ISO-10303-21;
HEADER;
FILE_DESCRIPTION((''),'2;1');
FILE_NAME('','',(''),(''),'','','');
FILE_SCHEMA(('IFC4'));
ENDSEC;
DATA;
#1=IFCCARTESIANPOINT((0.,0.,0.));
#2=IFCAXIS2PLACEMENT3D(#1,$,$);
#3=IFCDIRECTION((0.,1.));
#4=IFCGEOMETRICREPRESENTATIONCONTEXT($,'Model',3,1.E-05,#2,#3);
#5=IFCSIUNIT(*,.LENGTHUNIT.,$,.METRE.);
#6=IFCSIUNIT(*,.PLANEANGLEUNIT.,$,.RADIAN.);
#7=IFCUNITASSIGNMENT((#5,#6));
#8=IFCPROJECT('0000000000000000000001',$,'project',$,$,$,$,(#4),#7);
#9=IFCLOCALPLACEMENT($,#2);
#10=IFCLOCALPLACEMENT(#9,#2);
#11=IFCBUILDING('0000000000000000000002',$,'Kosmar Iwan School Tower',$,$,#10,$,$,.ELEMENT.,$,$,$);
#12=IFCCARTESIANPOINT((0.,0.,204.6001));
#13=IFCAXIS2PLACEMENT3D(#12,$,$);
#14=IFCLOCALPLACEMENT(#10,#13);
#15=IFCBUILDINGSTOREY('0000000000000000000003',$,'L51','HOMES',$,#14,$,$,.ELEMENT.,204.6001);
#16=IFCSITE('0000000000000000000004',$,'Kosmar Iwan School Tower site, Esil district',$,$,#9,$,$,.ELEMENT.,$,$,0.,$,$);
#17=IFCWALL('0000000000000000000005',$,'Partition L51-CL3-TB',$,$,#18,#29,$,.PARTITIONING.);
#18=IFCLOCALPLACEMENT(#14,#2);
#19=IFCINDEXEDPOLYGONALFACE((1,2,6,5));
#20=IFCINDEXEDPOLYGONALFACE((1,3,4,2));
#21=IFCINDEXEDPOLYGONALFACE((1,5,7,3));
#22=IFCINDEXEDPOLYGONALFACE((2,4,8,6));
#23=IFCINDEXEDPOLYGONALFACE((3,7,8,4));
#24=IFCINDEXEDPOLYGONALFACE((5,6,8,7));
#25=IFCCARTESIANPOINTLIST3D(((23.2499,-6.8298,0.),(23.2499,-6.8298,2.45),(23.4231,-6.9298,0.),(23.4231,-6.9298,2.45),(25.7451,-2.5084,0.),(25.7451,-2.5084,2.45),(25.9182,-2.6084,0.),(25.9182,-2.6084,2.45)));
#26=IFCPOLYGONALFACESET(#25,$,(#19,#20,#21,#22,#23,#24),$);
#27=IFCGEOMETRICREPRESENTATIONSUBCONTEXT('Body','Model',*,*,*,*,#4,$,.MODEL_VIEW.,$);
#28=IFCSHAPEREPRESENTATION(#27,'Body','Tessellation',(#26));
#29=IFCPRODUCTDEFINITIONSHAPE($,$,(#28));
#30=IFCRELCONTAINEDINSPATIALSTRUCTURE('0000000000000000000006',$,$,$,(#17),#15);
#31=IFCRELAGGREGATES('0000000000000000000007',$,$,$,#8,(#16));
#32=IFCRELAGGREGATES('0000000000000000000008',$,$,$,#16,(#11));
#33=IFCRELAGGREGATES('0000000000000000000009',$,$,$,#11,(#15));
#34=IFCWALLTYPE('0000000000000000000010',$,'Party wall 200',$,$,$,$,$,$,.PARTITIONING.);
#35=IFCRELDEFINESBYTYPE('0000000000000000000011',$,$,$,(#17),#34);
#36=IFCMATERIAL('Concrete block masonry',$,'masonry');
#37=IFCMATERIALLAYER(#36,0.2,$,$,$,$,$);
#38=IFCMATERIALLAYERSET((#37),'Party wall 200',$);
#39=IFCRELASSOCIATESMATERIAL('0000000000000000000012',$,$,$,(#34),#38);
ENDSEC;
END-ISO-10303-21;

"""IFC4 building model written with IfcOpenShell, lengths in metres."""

from ifc_helpers import new_model, si_unit, direction, frame, frame_2d, origin, place, context, subcontext, project, spatial, rectangle, extrude, material, layer, layer_set, type_object, element, save


model = new_model("IFC4")

# Units and contexts
model_context = context("Model", 3, precision=1e-05, world=origin(), true_north=direction((0.0, 1.0)))
body_context = subcontext(model_context, "Body", "Model", "MODEL_VIEW")
ifc_project = project(units=[si_unit("LENGTHUNIT", "METRE"), si_unit("PLANEANGLEUNIT", "RADIAN")], contexts=[model_context])

# Site, building, storey
site_placement = place(None, origin())
site = spatial("IfcSite", under=ifc_project, at=site_placement, Name="Kosmar Iwan School Tower site, Esil district", CompositionType="ELEMENT", RefElevation=0.0)
building_placement = place(site_placement, origin())
building = spatial("IfcBuilding", under=site, at=building_placement, Name="Kosmar Iwan School Tower", CompositionType="ELEMENT")
storey_placement = place(building_placement, frame((0.0, 0.0, 204.6001)))
storey = spatial("IfcBuildingStorey", under=building, at=storey_placement, Name="L51", Description="HOMES", CompositionType="ELEMENT", Elevation=204.6001)

# Wall
ifc_material_1 = material(Name="Concrete block masonry", Category="masonry")
ifc_layer_1 = layer(ifc_material_1, 0.2)
ifc_layer_set_1 = layer_set([ifc_layer_1], Name="Party wall 200")
wall_type_1 = type_object("IfcWallType", Name="Party wall 200", PredefinedType="PARTITIONING", material=ifc_layer_set_1)
wall_1_placement = place(storey_placement, frame((23.3364, -6.8799, 0.0), z_axis=(0.0, 0.0, 1.0), x_axis=(0.500033, 0.866006, 0.0)))
element("IfcWall", 1, at=wall_1_placement, inside=storey, type_object=wall_type_1, Name="Partition L51-CL3-TB", PredefinedType="PARTITIONING", context=body_context, shape_type="SweptSolid", body=[
    extrude(rectangle(XDim=4.99, YDim=0.2, at=frame_2d((2.4951, 0.0))), origin(), (0.0, 0.0, 1.0), 2.45),
])

save(model, "model.ifc")
